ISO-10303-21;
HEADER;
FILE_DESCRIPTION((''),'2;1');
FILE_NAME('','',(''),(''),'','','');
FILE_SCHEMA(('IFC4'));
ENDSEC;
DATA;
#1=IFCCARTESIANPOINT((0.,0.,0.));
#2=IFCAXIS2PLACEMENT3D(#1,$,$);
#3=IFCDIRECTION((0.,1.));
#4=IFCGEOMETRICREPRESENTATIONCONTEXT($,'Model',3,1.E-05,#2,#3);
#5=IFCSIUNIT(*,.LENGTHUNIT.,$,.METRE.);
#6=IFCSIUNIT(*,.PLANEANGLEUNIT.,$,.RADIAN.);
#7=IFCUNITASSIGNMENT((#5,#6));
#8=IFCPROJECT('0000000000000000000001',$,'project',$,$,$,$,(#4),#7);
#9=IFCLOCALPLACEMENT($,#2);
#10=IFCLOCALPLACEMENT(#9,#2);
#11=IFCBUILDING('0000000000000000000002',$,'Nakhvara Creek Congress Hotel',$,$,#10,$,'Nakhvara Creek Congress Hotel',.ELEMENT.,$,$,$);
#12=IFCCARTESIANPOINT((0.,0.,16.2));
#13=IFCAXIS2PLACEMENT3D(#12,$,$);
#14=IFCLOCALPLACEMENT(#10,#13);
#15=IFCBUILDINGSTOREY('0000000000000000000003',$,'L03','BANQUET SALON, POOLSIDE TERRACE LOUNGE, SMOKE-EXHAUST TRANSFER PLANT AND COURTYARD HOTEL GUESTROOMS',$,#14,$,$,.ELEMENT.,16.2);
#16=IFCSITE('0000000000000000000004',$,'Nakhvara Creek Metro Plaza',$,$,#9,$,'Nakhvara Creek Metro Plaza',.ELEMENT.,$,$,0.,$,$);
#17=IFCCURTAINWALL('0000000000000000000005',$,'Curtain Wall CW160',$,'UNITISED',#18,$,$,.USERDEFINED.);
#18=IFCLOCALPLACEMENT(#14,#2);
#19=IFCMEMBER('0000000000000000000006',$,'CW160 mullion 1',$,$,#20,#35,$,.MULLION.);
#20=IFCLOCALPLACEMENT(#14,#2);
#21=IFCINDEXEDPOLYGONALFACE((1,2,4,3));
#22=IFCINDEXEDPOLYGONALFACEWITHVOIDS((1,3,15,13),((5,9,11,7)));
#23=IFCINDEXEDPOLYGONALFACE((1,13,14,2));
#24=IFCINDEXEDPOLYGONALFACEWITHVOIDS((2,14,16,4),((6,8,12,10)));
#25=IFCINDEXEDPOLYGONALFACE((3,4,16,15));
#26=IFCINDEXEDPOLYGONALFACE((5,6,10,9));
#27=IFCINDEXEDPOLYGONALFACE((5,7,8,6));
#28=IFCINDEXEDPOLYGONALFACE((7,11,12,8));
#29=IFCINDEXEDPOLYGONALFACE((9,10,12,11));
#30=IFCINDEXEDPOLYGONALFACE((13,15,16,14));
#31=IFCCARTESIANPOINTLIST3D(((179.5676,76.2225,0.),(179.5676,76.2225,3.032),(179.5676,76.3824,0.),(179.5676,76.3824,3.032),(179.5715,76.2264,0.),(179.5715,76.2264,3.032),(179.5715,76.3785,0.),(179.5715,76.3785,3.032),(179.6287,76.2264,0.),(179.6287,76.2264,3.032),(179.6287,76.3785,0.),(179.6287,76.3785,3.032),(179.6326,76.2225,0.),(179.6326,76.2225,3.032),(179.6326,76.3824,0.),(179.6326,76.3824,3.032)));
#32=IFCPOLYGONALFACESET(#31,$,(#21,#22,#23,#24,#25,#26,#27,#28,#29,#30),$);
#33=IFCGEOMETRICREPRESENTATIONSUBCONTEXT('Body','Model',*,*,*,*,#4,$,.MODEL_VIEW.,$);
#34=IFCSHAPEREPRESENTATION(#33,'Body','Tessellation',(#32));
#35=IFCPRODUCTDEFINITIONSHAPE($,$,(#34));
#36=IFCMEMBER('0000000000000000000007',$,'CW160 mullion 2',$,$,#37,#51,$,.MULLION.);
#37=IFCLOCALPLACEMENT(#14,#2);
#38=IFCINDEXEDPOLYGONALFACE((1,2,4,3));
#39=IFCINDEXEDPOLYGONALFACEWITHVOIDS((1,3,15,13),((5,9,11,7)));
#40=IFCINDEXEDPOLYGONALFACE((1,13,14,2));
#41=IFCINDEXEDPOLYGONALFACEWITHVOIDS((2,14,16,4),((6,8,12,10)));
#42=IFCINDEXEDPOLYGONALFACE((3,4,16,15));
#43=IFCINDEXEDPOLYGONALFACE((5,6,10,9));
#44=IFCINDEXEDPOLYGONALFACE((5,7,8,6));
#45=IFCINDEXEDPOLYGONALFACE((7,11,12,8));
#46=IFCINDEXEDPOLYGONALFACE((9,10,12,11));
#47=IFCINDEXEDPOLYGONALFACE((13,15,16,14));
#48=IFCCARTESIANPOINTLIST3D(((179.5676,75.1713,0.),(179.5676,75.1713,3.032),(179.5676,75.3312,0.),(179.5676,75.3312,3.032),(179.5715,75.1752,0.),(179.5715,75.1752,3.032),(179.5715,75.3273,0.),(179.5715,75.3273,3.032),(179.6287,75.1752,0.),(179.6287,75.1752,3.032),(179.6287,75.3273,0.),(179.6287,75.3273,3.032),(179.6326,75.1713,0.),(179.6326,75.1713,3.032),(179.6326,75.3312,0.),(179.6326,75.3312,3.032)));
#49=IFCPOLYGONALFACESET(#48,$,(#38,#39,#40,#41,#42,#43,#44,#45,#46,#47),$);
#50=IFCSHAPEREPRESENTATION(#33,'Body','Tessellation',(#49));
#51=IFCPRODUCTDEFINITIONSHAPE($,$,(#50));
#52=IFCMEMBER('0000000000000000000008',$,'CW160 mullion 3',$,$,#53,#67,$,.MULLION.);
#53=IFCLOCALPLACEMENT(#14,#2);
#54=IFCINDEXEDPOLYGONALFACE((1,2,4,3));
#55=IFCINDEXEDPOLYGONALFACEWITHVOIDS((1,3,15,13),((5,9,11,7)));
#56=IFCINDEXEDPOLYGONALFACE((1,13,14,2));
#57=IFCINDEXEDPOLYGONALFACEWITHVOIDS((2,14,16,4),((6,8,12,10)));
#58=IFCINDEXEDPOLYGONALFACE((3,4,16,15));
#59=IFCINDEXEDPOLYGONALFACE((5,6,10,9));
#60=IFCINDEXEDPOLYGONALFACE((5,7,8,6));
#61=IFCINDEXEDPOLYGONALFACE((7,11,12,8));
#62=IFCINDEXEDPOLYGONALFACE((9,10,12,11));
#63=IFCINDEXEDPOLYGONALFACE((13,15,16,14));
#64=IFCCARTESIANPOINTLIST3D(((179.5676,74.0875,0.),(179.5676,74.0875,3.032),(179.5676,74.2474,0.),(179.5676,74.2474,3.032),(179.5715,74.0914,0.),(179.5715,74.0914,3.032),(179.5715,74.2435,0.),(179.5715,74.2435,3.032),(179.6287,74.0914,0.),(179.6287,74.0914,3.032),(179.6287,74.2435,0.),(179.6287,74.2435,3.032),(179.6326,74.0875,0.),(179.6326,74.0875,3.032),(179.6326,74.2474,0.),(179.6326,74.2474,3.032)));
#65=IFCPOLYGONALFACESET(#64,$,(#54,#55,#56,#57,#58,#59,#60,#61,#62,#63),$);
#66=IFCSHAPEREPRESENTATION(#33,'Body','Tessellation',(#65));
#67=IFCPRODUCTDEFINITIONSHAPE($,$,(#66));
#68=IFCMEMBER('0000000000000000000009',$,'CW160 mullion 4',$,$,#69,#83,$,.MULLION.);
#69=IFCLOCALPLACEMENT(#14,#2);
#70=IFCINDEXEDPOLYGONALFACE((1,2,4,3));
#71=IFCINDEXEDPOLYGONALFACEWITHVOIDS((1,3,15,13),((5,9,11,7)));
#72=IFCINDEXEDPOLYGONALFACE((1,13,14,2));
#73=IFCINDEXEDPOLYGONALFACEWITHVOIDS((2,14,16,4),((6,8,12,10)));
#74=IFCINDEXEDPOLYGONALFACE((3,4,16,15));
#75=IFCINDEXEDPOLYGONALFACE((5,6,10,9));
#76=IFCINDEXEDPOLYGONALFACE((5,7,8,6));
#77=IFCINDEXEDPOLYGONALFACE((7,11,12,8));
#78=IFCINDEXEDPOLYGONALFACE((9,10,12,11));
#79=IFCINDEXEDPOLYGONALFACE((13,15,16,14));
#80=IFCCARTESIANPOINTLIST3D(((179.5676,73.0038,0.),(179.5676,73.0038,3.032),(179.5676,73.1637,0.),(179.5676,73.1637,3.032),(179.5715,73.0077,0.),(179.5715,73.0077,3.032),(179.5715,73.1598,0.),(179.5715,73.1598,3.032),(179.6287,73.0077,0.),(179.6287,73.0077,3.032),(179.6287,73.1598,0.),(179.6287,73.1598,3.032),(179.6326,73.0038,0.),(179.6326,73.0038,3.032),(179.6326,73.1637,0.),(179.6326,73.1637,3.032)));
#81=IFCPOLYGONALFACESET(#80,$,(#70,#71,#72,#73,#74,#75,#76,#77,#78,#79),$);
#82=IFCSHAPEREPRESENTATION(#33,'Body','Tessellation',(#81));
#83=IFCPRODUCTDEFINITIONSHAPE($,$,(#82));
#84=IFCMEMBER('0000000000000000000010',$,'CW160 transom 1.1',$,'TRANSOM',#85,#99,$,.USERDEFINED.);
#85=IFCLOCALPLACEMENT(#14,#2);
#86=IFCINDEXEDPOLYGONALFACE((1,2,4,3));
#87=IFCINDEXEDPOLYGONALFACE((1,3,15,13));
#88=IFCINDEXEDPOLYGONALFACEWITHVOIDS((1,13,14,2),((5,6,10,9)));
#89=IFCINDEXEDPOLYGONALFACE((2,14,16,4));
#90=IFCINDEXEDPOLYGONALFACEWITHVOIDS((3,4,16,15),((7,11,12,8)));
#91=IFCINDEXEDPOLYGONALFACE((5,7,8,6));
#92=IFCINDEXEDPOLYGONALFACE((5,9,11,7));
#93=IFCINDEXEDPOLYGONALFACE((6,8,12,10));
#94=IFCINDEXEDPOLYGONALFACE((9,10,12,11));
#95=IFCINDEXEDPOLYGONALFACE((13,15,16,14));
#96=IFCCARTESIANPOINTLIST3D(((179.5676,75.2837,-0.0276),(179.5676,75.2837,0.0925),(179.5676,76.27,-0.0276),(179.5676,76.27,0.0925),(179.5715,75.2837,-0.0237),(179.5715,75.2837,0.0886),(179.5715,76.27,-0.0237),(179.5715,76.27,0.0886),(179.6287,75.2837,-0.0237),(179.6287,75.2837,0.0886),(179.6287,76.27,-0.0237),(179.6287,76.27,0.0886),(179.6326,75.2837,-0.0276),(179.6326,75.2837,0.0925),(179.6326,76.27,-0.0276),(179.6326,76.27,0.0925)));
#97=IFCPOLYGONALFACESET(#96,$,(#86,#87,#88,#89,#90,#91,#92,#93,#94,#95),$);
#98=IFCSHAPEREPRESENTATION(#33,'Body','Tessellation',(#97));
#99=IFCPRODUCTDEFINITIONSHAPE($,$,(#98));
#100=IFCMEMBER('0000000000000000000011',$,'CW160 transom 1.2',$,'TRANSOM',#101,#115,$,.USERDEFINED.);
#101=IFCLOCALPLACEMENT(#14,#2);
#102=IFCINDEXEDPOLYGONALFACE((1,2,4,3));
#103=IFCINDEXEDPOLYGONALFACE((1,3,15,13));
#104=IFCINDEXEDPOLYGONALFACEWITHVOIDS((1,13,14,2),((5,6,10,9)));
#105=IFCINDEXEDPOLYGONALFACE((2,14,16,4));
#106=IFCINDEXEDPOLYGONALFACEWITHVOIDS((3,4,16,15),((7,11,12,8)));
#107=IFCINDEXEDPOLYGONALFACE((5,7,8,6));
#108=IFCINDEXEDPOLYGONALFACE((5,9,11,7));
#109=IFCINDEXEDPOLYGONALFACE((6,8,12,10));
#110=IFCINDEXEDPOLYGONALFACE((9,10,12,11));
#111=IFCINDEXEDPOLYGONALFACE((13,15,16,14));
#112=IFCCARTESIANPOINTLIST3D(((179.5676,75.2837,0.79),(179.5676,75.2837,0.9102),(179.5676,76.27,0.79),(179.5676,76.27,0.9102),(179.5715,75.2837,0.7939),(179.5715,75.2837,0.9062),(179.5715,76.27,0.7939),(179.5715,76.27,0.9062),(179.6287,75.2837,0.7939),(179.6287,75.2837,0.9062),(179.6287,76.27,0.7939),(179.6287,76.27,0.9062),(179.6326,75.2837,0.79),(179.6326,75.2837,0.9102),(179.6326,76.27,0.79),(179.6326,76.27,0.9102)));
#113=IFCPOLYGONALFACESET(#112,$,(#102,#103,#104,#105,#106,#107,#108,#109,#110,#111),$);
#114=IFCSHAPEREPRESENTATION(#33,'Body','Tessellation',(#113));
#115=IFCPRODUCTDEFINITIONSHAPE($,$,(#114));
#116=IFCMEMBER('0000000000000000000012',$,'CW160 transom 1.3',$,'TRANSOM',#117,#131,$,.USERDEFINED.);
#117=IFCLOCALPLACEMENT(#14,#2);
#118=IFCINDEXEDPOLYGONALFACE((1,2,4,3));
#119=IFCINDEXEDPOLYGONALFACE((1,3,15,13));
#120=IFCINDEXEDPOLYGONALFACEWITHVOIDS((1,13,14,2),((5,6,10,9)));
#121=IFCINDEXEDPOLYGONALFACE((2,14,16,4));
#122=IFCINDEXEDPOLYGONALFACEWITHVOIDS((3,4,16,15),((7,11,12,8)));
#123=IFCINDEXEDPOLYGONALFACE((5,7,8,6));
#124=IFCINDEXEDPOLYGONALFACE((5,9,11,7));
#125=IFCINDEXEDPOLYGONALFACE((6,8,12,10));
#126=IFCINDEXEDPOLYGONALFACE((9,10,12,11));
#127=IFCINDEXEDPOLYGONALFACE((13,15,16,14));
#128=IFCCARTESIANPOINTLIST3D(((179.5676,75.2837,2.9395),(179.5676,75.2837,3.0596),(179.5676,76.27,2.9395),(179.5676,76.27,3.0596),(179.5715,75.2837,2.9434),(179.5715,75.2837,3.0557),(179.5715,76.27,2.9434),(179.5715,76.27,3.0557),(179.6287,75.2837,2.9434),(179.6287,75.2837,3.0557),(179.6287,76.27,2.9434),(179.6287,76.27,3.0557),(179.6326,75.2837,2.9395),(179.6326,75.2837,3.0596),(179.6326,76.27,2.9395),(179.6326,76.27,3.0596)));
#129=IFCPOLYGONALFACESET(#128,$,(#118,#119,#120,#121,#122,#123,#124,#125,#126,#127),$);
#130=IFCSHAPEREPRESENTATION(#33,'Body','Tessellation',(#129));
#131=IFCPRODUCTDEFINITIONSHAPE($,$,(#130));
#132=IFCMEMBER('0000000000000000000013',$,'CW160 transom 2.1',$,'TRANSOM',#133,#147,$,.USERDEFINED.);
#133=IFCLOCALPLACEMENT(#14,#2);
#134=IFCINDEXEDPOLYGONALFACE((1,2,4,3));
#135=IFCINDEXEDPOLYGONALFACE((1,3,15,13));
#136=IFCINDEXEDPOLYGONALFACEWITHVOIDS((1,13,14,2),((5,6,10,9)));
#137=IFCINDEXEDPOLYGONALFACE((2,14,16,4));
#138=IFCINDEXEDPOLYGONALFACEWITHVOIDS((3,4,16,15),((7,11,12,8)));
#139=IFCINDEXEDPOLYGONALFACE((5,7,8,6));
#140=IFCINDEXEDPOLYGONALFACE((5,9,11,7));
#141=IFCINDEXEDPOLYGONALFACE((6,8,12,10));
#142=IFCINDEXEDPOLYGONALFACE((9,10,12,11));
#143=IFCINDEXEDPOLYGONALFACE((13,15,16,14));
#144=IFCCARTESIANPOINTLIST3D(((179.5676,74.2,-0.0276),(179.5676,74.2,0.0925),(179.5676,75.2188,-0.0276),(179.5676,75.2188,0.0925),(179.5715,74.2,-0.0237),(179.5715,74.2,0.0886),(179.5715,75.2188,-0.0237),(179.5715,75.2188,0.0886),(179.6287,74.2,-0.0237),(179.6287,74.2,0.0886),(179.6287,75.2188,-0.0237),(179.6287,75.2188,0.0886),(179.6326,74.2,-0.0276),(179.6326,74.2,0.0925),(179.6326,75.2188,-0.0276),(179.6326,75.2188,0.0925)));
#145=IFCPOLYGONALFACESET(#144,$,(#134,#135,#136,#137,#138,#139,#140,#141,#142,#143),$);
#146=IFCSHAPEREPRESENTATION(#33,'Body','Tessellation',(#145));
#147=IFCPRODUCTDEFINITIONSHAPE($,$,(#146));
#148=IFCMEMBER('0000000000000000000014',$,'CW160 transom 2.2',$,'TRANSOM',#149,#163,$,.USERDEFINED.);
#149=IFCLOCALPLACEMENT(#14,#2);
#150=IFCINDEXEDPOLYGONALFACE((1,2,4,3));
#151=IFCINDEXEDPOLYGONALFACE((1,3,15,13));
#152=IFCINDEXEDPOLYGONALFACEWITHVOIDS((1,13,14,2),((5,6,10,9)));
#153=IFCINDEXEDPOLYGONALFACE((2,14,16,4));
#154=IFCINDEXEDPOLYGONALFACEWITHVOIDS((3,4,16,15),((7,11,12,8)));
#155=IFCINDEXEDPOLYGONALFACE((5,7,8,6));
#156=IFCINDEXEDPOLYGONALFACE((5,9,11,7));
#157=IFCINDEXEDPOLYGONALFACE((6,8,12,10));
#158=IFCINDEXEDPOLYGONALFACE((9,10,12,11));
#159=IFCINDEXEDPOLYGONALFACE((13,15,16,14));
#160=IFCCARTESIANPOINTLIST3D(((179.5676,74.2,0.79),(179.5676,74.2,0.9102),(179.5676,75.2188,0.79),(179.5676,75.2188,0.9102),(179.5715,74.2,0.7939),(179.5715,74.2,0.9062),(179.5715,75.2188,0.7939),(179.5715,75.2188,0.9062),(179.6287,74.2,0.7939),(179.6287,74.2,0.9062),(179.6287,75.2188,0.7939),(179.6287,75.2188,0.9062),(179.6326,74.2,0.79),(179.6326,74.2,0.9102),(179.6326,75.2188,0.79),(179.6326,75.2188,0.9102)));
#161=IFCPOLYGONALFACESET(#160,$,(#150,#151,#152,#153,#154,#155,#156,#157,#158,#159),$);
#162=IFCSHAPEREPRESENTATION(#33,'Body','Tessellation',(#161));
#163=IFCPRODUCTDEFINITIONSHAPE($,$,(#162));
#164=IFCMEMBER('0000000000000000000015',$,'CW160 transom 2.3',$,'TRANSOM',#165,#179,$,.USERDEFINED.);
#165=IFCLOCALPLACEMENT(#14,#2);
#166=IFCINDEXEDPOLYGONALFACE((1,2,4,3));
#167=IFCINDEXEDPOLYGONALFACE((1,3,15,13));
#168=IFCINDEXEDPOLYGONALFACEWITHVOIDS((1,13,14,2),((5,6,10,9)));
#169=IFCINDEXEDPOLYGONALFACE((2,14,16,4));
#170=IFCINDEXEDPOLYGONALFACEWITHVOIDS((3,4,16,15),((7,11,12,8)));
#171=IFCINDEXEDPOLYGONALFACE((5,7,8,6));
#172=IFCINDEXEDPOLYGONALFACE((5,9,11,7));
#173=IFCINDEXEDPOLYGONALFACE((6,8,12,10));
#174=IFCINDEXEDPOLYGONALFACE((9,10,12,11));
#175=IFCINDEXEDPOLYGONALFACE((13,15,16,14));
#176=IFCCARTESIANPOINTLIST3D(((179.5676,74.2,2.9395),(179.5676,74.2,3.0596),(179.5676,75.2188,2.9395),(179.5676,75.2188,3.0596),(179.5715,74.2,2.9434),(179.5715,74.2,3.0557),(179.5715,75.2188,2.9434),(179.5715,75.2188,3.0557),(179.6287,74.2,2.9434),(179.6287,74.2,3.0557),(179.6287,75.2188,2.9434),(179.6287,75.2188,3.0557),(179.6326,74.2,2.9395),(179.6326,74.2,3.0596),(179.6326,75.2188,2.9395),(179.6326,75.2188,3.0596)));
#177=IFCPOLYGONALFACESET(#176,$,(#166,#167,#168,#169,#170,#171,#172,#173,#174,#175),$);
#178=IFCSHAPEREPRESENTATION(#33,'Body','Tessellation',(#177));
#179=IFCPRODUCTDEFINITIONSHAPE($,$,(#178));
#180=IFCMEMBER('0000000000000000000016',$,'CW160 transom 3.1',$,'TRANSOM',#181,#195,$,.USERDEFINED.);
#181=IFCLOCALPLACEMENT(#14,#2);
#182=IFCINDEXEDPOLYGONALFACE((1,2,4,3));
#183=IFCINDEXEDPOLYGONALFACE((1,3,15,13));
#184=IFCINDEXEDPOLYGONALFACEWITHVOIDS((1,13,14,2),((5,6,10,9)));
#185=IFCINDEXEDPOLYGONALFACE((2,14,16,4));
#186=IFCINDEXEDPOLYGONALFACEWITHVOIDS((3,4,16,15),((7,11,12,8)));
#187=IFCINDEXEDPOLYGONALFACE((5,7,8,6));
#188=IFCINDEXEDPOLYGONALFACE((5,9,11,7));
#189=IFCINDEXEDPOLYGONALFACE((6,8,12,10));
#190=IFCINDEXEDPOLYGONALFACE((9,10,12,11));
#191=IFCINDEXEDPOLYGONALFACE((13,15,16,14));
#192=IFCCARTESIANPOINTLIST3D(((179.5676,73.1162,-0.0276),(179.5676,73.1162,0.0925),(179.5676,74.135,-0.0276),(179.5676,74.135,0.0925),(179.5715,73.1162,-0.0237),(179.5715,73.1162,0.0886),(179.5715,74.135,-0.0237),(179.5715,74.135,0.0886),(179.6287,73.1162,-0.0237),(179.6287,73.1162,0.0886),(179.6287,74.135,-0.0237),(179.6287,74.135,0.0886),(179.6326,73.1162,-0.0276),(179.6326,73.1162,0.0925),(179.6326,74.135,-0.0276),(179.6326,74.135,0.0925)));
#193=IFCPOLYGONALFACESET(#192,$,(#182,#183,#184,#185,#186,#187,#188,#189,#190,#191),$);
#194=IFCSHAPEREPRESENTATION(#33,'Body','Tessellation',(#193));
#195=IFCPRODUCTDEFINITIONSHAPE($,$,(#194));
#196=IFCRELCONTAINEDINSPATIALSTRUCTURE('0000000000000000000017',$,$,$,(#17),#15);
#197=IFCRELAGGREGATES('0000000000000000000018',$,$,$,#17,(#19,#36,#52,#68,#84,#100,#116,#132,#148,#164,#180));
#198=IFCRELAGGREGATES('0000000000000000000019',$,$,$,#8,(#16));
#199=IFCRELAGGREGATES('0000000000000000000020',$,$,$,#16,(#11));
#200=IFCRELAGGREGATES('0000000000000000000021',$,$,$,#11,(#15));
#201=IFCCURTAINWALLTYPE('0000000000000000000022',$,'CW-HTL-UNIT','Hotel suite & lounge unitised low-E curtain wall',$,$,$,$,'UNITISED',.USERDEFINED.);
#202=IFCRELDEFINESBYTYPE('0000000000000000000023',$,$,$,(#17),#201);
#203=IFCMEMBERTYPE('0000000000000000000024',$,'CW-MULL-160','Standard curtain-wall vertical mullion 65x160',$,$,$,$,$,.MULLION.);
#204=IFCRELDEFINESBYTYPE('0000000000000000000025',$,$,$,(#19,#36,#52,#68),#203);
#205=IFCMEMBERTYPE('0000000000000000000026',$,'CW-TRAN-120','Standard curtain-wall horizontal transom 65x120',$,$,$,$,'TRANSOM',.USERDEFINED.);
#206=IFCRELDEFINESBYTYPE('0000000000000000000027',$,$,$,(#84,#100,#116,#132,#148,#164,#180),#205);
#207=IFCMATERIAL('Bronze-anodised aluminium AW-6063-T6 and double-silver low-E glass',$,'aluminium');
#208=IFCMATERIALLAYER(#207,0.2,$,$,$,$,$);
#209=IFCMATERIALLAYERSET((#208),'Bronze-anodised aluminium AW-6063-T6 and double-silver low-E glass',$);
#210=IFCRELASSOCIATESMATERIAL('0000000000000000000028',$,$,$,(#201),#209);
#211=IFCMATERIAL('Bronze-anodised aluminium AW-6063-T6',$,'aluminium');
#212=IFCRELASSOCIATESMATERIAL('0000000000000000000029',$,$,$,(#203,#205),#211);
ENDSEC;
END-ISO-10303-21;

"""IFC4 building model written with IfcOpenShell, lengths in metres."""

from ifc_helpers import new_model, si_unit, direction, frame, origin, origin_2d, place, context, subcontext, project, spatial, hollow_rectangle, extrude, material, layer, layer_set, material_profile, profile_set, type_object, element, aggregate, save


model = new_model("IFC4")

# Units and contexts
model_context = context("Model", 3, precision=1e-05, world=origin(), true_north=direction((0.0, 1.0)))
body_context = subcontext(model_context, "Body", "Model", "MODEL_VIEW")
ifc_project = project(units=[si_unit("LENGTHUNIT", "METRE"), si_unit("PLANEANGLEUNIT", "RADIAN")], contexts=[model_context])

# Site, building, storey
site_placement = place(None, origin())
site = spatial("IfcSite", under=ifc_project, at=site_placement, Name="Nakhvara Creek Metro Plaza", LongName="Nakhvara Creek Metro Plaza", CompositionType="ELEMENT", RefElevation=0.0)
building_placement = place(site_placement, origin())
building = spatial("IfcBuilding", under=site, at=building_placement, Name="Nakhvara Creek Congress Hotel", LongName="Nakhvara Creek Congress Hotel", CompositionType="ELEMENT")
storey_placement = place(building_placement, frame((0.0, 0.0, 16.2)))
storey = spatial("IfcBuildingStorey", under=building, at=storey_placement, Name="L03", Description="BANQUET SALON, POOLSIDE TERRACE LOUNGE, SMOKE-EXHAUST TRANSFER PLANT AND COURTYARD HOTEL GUESTROOMS", CompositionType="ELEMENT", Elevation=16.2)

# Curtain wall, members
ifc_material_1 = material(Name="Bronze-anodised aluminium AW-6063-T6 and double-silver low-E glass", Category="aluminium")
ifc_layer = layer(ifc_material_1, 0.2)
ifc_layer_set = layer_set([ifc_layer], Name="Bronze-anodised aluminium AW-6063-T6 and double-silver low-E glass")
curtain_wall_type = type_object("IfcCurtainWallType", Name="CW-HTL-UNIT", Description="Hotel suite & lounge unitised low-E curtain wall", ElementType="UNITISED", PredefinedType="USERDEFINED", material=ifc_layer_set)
curtain_wall_placement = place(storey_placement, origin())
curtain_wall = element("IfcCurtainWall", 1, at=curtain_wall_placement, inside=storey, type_object=curtain_wall_type, Name="Curtain Wall CW160", ObjectType="UNITISED", PredefinedType="USERDEFINED")
ifc_material_2 = material(Name="Bronze-anodised aluminium AW-6063-T6", Category="aluminium")
ifc_material_profile_1 = material_profile(ifc_material_2, hollow_rectangle(XDim=0.0649, YDim=0.1599, WallThickness=0.0039, at=origin_2d()), Name="ALU-MULL 65x160x4", Category="LoadBearing")
ifc_profile_set_1 = profile_set([ifc_material_profile_1], Name="Bronze-anodised aluminium AW-6063-T6")
member_type_1 = type_object("IfcMemberType", Name="CW-MULL-160", Description="Standard curtain-wall vertical mullion 65x160", PredefinedType="MULLION", material=ifc_profile_set_1)
member_1_placement = place(storey_placement, frame((179.6001, 76.3025, 0.0), z_axis=(0.0, 0.0, 1.0), x_axis=(1.0, 0.0, 0.0)))
member_1 = element("IfcMember", 2, at=member_1_placement, type_object=member_type_1, Name="CW160 mullion 1", PredefinedType="MULLION", context=body_context, shape_type="SweptSolid", body=[
    extrude(hollow_rectangle(XDim=0.0649, YDim=0.1599, WallThickness=0.0039, at=origin_2d()), origin(), (0.0, 0.0, 1.0), 3.032),
])
member_2_placement = place(storey_placement, frame((179.6001, 75.2512, 0.0), z_axis=(0.0, 0.0, 1.0), x_axis=(1.0, 0.0, 0.0)))
member_2 = element("IfcMember", 3, at=member_2_placement, type_object=member_type_1, Name="CW160 mullion 2", PredefinedType="MULLION", context=body_context, shape_type="SweptSolid", body=[
    extrude(hollow_rectangle(XDim=0.0649, YDim=0.1599, WallThickness=0.0039, at=origin_2d()), origin(), (0.0, 0.0, 1.0), 3.032),
])
member_3_placement = place(storey_placement, frame((179.6001, 74.1675, 0.0), z_axis=(0.0, 0.0, 1.0), x_axis=(1.0, 0.0, 0.0)))
member_3 = element("IfcMember", 4, at=member_3_placement, type_object=member_type_1, Name="CW160 mullion 3", PredefinedType="MULLION", context=body_context, shape_type="SweptSolid", body=[
    extrude(hollow_rectangle(XDim=0.0649, YDim=0.1599, WallThickness=0.0039, at=origin_2d()), origin(), (0.0, 0.0, 1.0), 3.032),
])
member_4_placement = place(storey_placement, frame((179.6001, 73.0837, 0.0), z_axis=(0.0, 0.0, 1.0), x_axis=(1.0, 0.0, 0.0)))
member_4 = element("IfcMember", 5, at=member_4_placement, type_object=member_type_1, Name="CW160 mullion 4", PredefinedType="MULLION", context=body_context, shape_type="SweptSolid", body=[
    extrude(hollow_rectangle(XDim=0.0649, YDim=0.1599, WallThickness=0.0039, at=origin_2d()), origin(), (0.0, 0.0, 1.0), 3.032),
])
ifc_material_profile_2 = material_profile(ifc_material_2, hollow_rectangle(XDim=0.0649, YDim=0.1201, WallThickness=0.0039, at=origin_2d()), Name="ALU-TRAN 65x120x4", Category="LoadBearing")
ifc_profile_set_2 = profile_set([ifc_material_profile_2], Name="Bronze-anodised aluminium AW-6063-T6")
member_type_2 = type_object("IfcMemberType", Name="CW-TRAN-120", Description="Standard curtain-wall horizontal transom 65x120", ElementType="TRANSOM", PredefinedType="USERDEFINED", material=ifc_profile_set_2)
member_5_placement = place(storey_placement, frame((179.6001, 76.27, 0.0325), z_axis=(0.0, -1.0, 0.0), x_axis=(1.0, 0.0, 0.0)))
member_5 = element("IfcMember", 6, at=member_5_placement, type_object=member_type_2, Name="CW160 transom 1.1", ObjectType="TRANSOM", PredefinedType="USERDEFINED", context=body_context, shape_type="SweptSolid", body=[
    extrude(hollow_rectangle(XDim=0.0649, YDim=0.1201, WallThickness=0.0039, at=origin_2d()), origin(), (0.0, 0.0, 1.0), 0.9863),
])
member_6_placement = place(storey_placement, frame((179.6001, 76.27, 0.8501), z_axis=(0.0, -1.0, 0.0), x_axis=(1.0, 0.0, 0.0)))
member_6 = element("IfcMember", 7, at=member_6_placement, type_object=member_type_2, Name="CW160 transom 1.2", ObjectType="TRANSOM", PredefinedType="USERDEFINED", context=body_context, shape_type="SweptSolid", body=[
    extrude(hollow_rectangle(XDim=0.0649, YDim=0.1201, WallThickness=0.0039, at=origin_2d()), origin(), (0.0, 0.0, 1.0), 0.9863),
])
member_7_placement = place(storey_placement, frame((179.6001, 76.27, 2.9995), z_axis=(0.0, -1.0, 0.0), x_axis=(1.0, 0.0, 0.0)))
member_7 = element("IfcMember", 8, at=member_7_placement, type_object=member_type_2, Name="CW160 transom 1.3", ObjectType="TRANSOM", PredefinedType="USERDEFINED", context=body_context, shape_type="SweptSolid", body=[
    extrude(hollow_rectangle(XDim=0.0649, YDim=0.1201, WallThickness=0.0039, at=origin_2d()), origin(), (0.0, 0.0, 1.0), 0.9863),
])
member_8_placement = place(storey_placement, frame((179.6001, 75.2188, 0.0325), z_axis=(0.0, -1.0, 0.0), x_axis=(1.0, 0.0, 0.0)))
member_8 = element("IfcMember", 9, at=member_8_placement, type_object=member_type_2, Name="CW160 transom 2.1", ObjectType="TRANSOM", PredefinedType="USERDEFINED", context=body_context, shape_type="SweptSolid", body=[
    extrude(hollow_rectangle(XDim=0.0649, YDim=0.1201, WallThickness=0.0039, at=origin_2d()), origin(), (0.0, 0.0, 1.0), 1.0188),
])
member_9_placement = place(storey_placement, frame((179.6001, 75.2188, 0.8501), z_axis=(0.0, -1.0, 0.0), x_axis=(1.0, 0.0, 0.0)))
member_9 = element("IfcMember", 10, at=member_9_placement, type_object=member_type_2, Name="CW160 transom 2.2", ObjectType="TRANSOM", PredefinedType="USERDEFINED", context=body_context, shape_type="SweptSolid", body=[
    extrude(hollow_rectangle(XDim=0.0649, YDim=0.1201, WallThickness=0.0039, at=origin_2d()), origin(), (0.0, 0.0, 1.0), 1.0188),
])
member_10_placement = place(storey_placement, frame((179.6001, 75.2188, 2.9995), z_axis=(0.0, -1.0, 0.0), x_axis=(1.0, 0.0, 0.0)))
member_10 = element("IfcMember", 11, at=member_10_placement, type_object=member_type_2, Name="CW160 transom 2.3", ObjectType="TRANSOM", PredefinedType="USERDEFINED", context=body_context, shape_type="SweptSolid", body=[
    extrude(hollow_rectangle(XDim=0.0649, YDim=0.1201, WallThickness=0.0039, at=origin_2d()), origin(), (0.0, 0.0, 1.0), 1.0188),
])
member_11_placement = place(storey_placement, frame((179.6001, 74.135, 0.0325), z_axis=(0.0, -1.0, 0.0), x_axis=(1.0, 0.0, 0.0)))
member_11 = element("IfcMember", 12, at=member_11_placement, type_object=member_type_2, Name="CW160 transom 3.1", ObjectType="TRANSOM", PredefinedType="USERDEFINED", context=body_context, shape_type="SweptSolid", body=[
    extrude(hollow_rectangle(XDim=0.0649, YDim=0.1201, WallThickness=0.0039, at=origin_2d()), origin(), (0.0, 0.0, 1.0), 1.0188),
])
aggregate(curtain_wall, [member_1, member_2, member_3, member_4, member_5, member_6, member_7, member_8, member_9, member_10, member_11])

save(model, "model.ifc")
